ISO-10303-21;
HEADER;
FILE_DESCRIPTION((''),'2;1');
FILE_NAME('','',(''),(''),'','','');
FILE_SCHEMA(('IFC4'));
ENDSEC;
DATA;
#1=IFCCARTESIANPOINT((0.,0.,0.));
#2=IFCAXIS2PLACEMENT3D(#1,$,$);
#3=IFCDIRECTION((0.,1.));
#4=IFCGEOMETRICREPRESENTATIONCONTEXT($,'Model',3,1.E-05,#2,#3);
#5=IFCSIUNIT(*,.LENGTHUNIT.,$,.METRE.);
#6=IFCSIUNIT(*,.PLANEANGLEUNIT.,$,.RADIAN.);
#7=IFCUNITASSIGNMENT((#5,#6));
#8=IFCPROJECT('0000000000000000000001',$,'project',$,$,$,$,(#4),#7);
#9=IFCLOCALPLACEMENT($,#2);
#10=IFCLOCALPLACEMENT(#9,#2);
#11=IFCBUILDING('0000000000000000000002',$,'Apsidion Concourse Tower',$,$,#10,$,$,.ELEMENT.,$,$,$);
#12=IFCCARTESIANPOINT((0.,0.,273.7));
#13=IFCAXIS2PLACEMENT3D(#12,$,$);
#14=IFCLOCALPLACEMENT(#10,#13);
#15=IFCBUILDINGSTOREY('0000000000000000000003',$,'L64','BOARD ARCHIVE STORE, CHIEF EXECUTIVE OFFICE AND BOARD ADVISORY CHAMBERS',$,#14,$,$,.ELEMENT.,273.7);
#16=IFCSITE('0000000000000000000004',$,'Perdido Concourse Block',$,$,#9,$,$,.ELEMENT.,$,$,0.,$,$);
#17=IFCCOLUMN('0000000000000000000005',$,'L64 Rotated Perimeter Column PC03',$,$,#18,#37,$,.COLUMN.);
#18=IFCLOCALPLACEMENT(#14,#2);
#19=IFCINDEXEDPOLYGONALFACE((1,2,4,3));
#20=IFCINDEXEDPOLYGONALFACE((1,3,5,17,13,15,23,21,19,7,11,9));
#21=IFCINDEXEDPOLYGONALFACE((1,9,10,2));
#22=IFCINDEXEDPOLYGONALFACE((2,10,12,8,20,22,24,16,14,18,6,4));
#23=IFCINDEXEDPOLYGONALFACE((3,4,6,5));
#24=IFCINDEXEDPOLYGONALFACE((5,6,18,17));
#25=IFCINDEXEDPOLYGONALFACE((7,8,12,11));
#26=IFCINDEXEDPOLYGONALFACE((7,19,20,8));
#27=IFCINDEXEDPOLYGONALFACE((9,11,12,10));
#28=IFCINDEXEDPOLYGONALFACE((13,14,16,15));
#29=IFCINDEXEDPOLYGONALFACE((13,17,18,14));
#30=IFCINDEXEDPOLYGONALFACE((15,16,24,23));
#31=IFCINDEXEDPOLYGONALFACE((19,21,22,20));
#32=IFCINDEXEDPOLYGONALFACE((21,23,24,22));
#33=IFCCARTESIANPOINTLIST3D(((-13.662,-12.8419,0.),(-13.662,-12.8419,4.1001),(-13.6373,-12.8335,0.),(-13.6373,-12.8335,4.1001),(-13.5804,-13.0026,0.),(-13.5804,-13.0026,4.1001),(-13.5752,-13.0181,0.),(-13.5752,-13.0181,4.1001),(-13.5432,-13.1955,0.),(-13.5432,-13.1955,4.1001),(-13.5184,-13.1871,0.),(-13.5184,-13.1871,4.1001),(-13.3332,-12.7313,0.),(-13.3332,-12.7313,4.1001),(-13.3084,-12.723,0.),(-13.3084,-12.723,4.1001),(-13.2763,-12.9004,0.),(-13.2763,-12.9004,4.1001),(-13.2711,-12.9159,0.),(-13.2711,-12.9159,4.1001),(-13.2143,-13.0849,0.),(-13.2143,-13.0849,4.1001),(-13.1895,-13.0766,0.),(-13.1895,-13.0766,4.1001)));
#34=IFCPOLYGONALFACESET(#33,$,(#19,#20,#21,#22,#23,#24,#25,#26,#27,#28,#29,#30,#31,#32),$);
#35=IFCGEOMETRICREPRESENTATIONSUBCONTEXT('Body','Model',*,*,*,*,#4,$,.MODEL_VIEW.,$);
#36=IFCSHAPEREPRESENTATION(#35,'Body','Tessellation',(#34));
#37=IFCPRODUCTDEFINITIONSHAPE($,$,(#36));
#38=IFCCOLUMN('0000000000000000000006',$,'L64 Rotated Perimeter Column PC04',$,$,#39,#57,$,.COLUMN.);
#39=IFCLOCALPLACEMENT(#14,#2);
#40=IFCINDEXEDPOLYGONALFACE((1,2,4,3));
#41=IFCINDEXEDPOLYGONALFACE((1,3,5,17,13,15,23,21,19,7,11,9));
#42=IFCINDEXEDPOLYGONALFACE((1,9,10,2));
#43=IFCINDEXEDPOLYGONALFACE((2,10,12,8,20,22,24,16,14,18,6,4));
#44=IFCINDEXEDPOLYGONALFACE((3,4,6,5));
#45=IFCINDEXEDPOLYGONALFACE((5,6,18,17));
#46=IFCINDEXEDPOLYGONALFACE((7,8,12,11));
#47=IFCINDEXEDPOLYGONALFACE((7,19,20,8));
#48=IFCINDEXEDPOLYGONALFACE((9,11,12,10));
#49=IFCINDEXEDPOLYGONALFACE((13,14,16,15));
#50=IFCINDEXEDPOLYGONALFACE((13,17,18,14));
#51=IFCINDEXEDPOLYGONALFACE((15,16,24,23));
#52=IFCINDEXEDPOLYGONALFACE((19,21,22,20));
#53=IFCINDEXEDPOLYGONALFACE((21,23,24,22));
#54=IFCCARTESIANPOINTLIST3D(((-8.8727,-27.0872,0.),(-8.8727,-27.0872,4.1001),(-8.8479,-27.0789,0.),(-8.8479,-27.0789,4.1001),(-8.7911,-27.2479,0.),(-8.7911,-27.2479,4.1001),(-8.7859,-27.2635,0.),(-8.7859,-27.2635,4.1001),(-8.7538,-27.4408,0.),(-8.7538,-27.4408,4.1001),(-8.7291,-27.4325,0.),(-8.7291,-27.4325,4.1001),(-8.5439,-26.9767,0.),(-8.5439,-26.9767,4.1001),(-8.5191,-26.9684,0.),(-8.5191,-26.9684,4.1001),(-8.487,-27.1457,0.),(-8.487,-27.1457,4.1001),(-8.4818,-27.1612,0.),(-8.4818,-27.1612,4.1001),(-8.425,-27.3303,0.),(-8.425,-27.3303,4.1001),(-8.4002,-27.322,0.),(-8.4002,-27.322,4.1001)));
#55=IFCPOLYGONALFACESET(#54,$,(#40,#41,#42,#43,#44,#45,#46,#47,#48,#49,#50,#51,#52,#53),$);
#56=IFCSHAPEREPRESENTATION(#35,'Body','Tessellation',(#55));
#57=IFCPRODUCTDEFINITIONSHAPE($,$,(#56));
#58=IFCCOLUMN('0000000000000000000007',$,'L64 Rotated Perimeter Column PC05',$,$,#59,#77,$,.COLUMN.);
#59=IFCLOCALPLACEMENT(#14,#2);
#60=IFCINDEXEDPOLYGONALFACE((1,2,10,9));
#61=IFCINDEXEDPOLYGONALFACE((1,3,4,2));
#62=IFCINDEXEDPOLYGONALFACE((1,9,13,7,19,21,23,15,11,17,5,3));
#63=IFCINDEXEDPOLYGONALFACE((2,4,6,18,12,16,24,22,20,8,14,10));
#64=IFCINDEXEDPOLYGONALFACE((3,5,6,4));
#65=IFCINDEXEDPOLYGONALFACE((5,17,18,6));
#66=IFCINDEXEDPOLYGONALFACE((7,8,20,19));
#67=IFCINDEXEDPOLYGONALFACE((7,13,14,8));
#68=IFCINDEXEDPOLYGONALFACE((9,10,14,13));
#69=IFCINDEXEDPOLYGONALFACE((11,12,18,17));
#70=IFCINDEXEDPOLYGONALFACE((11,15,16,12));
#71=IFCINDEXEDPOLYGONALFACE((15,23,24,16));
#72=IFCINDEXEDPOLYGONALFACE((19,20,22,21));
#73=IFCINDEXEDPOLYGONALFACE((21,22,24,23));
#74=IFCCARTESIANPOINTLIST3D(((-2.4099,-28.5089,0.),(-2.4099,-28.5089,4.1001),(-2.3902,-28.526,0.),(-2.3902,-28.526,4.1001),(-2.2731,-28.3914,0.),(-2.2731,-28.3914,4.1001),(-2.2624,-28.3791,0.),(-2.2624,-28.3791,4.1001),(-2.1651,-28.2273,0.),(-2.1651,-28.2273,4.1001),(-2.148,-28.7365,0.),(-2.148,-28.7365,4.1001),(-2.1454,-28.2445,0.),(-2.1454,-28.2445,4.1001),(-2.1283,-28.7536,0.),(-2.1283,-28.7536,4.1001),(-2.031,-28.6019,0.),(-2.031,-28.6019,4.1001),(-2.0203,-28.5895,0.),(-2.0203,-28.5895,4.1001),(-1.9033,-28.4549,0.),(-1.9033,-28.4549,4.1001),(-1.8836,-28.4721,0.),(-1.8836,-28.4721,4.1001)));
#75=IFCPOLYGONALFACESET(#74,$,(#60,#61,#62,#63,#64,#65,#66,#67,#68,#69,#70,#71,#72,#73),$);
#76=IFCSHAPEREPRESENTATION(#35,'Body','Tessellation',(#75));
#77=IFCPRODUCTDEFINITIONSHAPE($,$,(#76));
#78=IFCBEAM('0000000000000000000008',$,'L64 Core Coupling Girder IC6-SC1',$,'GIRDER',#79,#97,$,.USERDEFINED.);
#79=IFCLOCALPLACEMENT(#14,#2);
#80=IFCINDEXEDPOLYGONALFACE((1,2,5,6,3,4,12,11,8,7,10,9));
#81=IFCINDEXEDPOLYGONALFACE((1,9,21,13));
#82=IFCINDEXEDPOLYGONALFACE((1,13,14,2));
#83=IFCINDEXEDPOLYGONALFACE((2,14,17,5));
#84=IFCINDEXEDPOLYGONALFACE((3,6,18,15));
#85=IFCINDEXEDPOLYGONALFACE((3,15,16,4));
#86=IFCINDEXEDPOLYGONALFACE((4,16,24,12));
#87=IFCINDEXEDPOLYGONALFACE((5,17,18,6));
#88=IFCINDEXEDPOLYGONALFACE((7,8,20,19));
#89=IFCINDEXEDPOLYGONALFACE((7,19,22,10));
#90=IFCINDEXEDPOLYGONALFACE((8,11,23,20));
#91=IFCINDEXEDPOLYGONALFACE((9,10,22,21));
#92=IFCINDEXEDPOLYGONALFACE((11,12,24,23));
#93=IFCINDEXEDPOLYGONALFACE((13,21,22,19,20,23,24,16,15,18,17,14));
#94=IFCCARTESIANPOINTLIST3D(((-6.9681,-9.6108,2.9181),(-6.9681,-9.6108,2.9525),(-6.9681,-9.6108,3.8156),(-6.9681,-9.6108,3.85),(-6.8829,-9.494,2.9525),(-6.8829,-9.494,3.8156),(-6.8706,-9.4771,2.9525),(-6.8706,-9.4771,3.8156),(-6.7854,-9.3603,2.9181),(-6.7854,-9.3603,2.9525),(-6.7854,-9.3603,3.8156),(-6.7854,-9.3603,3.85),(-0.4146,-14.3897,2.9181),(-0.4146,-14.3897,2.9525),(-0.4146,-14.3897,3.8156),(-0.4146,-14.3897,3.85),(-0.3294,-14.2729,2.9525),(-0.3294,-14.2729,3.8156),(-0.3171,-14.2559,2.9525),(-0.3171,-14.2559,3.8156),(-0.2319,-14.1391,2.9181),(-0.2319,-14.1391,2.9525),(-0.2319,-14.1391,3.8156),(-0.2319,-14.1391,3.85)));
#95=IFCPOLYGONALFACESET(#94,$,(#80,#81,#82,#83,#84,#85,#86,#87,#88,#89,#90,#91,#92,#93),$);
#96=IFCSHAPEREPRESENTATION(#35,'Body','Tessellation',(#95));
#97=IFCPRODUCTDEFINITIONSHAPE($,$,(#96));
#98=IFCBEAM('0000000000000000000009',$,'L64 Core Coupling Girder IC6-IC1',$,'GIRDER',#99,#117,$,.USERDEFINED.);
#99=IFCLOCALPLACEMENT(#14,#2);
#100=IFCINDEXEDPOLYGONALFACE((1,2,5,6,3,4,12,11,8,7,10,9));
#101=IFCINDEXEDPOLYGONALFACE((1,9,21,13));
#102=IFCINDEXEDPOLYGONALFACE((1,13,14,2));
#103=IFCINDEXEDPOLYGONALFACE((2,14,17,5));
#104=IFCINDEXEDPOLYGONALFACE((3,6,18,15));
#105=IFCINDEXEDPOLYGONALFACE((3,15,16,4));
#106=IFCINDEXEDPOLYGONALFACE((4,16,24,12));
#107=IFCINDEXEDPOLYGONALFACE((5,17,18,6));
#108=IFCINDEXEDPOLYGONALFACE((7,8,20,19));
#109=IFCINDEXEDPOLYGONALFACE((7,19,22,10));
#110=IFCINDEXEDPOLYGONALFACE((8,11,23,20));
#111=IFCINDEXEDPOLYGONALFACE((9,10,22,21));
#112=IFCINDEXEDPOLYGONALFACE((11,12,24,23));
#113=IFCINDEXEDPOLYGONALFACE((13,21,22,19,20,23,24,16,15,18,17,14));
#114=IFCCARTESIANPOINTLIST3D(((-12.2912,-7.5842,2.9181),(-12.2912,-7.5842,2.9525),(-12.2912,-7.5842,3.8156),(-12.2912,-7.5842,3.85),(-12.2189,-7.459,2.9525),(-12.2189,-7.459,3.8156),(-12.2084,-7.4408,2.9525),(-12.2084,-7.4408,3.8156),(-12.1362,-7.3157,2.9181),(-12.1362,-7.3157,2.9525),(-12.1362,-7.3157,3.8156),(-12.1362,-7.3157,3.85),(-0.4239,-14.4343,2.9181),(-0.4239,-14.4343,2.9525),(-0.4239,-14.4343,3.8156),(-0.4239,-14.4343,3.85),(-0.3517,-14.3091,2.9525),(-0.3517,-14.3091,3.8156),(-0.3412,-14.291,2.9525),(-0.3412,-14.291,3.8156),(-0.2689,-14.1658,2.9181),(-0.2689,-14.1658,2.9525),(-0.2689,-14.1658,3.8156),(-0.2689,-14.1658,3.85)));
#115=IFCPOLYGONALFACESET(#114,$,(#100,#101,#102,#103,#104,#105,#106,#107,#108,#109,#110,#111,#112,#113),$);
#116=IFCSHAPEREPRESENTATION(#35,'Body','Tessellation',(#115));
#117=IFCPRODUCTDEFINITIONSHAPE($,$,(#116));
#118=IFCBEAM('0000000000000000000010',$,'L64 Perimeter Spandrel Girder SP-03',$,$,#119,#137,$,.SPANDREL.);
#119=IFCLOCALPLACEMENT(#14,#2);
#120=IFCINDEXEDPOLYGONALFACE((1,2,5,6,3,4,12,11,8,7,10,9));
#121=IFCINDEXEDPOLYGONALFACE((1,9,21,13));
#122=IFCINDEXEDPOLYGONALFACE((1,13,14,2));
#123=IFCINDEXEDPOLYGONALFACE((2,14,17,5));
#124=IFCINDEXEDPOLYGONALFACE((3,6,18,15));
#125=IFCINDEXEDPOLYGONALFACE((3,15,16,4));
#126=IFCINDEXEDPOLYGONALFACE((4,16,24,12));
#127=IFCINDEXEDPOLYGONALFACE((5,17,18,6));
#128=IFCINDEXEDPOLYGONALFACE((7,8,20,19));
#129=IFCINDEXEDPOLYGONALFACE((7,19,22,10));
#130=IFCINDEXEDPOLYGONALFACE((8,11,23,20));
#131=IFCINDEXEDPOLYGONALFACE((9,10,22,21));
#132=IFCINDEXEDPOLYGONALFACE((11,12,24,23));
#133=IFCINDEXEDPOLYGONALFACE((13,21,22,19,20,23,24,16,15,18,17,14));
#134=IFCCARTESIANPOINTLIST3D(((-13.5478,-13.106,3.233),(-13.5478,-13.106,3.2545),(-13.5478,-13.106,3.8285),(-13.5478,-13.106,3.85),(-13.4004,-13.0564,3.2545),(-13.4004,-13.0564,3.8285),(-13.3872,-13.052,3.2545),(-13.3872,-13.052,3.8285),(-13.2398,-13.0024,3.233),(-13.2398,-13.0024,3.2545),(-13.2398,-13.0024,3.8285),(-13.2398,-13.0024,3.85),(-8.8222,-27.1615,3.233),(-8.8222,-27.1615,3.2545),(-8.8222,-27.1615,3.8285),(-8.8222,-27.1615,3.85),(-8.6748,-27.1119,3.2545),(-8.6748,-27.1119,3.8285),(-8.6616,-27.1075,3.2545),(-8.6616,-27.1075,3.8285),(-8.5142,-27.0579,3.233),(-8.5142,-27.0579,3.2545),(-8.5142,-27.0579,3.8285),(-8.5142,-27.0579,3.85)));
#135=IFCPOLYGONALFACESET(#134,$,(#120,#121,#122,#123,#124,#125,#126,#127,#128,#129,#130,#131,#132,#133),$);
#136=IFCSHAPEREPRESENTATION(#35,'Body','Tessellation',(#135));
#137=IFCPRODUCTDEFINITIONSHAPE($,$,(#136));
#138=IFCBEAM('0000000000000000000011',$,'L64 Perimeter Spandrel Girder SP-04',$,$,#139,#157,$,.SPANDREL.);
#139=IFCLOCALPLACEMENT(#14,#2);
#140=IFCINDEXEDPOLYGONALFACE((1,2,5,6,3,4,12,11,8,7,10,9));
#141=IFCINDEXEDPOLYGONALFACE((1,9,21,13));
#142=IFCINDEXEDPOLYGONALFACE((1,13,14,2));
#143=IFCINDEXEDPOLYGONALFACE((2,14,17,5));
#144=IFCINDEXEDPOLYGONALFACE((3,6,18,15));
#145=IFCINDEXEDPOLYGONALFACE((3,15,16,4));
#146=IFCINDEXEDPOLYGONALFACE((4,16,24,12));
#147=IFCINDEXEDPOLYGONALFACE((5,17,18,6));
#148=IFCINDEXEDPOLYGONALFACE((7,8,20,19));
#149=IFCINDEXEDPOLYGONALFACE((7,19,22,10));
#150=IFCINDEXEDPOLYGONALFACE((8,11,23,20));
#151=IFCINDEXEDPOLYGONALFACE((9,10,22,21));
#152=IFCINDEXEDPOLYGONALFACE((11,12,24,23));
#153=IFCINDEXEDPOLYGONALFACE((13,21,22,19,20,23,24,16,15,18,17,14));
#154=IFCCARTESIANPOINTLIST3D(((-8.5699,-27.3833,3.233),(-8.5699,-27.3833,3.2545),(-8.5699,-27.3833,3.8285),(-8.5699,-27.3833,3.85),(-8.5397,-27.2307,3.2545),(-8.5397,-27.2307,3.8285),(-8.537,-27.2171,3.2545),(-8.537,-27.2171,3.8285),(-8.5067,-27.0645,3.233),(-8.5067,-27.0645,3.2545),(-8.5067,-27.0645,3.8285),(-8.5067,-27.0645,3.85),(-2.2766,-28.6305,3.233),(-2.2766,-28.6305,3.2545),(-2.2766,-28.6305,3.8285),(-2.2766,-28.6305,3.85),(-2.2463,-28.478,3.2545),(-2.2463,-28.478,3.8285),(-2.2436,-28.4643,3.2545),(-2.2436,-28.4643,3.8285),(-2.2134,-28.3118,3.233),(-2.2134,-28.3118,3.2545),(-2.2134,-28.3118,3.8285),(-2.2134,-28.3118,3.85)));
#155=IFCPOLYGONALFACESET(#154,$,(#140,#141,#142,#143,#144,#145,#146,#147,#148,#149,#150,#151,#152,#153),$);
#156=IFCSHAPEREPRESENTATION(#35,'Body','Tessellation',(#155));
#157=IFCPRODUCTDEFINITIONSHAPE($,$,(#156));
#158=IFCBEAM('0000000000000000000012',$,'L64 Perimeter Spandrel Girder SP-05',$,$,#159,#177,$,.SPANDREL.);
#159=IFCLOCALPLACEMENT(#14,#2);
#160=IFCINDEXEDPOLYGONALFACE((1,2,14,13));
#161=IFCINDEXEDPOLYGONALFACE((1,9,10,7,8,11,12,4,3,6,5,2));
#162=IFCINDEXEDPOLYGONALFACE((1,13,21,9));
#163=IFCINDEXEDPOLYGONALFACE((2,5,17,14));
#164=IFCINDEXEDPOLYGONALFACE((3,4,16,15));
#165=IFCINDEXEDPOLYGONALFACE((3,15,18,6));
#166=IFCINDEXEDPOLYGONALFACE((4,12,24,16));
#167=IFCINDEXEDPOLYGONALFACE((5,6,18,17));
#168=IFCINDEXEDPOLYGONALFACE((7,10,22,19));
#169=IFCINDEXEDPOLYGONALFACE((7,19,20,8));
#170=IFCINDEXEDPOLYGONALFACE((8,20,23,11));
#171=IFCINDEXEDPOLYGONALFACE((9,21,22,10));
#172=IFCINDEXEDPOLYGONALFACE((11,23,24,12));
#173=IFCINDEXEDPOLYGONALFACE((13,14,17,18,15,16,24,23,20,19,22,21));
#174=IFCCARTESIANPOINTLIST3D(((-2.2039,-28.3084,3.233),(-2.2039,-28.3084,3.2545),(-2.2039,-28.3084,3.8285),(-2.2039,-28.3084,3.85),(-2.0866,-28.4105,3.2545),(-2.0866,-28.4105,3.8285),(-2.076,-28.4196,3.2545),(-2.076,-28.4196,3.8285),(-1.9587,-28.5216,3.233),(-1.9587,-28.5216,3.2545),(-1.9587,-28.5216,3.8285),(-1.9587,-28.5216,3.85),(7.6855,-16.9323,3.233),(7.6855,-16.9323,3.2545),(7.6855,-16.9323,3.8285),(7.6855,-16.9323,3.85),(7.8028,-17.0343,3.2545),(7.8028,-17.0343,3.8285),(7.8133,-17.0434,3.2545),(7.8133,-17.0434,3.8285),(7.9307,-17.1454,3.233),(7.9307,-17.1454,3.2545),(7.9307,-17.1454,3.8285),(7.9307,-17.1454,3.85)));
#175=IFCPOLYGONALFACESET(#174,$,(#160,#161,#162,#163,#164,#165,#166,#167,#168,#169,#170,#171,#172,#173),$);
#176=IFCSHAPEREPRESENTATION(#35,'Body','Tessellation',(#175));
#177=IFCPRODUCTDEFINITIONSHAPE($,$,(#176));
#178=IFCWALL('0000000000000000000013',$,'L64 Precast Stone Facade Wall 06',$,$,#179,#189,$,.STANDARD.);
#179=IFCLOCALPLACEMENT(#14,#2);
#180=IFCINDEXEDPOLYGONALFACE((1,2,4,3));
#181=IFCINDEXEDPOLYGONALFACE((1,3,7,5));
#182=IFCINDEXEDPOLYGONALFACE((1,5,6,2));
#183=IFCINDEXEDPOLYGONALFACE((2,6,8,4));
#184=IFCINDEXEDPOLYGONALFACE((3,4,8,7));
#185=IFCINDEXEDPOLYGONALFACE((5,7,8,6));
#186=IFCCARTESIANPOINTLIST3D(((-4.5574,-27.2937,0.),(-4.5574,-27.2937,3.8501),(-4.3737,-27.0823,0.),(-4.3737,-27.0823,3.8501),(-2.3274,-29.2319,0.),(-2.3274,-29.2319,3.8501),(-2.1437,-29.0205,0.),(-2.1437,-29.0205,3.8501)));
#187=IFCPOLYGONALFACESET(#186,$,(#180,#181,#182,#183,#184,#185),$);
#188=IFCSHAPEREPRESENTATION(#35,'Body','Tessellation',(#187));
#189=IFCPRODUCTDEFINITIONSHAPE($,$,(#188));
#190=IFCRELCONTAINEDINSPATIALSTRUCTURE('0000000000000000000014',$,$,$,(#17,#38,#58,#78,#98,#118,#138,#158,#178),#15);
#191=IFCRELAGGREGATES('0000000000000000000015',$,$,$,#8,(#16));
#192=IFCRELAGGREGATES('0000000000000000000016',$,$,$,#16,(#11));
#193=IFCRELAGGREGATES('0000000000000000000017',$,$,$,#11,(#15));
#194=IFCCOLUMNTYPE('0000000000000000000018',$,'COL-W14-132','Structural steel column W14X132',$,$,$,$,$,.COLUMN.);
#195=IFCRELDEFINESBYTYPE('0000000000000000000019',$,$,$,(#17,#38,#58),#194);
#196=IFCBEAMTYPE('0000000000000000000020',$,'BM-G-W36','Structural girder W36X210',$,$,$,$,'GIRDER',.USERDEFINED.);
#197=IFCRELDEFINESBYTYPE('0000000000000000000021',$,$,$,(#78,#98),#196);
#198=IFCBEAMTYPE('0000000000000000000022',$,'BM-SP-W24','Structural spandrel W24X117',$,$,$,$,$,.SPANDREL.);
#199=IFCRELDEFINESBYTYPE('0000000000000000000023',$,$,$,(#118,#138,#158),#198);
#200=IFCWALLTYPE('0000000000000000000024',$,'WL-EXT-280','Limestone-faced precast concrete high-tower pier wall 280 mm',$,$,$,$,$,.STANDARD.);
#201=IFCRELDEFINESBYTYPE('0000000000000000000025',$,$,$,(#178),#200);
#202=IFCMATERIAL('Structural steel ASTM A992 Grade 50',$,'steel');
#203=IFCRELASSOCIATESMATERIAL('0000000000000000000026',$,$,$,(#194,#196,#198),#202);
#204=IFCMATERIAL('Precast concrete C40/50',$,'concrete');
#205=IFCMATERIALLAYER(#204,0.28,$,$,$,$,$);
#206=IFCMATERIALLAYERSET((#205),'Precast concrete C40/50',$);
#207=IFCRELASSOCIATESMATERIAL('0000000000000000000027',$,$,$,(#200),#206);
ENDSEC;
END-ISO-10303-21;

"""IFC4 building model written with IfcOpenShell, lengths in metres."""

from ifc_helpers import new_model, si_unit, direction, frame, frame_2d, origin, origin_2d, place, context, subcontext, project, spatial, rectangle, i_section, extrude, material, layer, layer_set, material_profile, profile_set, type_object, element, save


model = new_model("IFC4")

# Units and contexts
model_context = context("Model", 3, precision=1e-05, world=origin(), true_north=direction((0.0, 1.0)))
body_context = subcontext(model_context, "Body", "Model", "MODEL_VIEW")
ifc_project = project(units=[si_unit("LENGTHUNIT", "METRE"), si_unit("PLANEANGLEUNIT", "RADIAN")], contexts=[model_context])

# Site, building, storey
site_placement = place(None, origin())
site = spatial("IfcSite", under=ifc_project, at=site_placement, Name="Perdido Concourse Block", CompositionType="ELEMENT", RefElevation=0.0)
building_placement = place(site_placement, origin())
building = spatial("IfcBuilding", under=site, at=building_placement, Name="Apsidion Concourse Tower", CompositionType="ELEMENT")
storey_placement = place(building_placement, frame((0.0, 0.0, 273.7)))
storey = spatial("IfcBuildingStorey", under=building, at=storey_placement, Name="L64", Description="BOARD ARCHIVE STORE, CHIEF EXECUTIVE OFFICE AND BOARD ADVISORY CHAMBERS", CompositionType="ELEMENT", Elevation=273.7)

# Columns
ifc_material_1 = material(Name="Structural steel ASTM A992 Grade 50", Category="steel")
ifc_material_profile_1 = material_profile(ifc_material_1, i_section(OverallWidth=0.373, OverallDepth=0.373, WebThickness=0.0164, FlangeThickness=0.0261, at=origin_2d()), Name="W14X132")
ifc_profile_set_1 = profile_set([ifc_material_profile_1], Name="Structural steel ASTM A992 Grade 50")
column_type = type_object("IfcColumnType", Name="COL-W14-132", Description="Structural steel column W14X132", PredefinedType="COLUMN", material=ifc_profile_set_1)
for number, where, z_axis, x_axis, name in (
    (1, (-13.4258, -12.9592, 0.0), (0.0, 0.0, 1.0), (-0.318628, 0.94788, 0.0), "L64 Rotated Perimeter Column PC03"),
    (2, (-8.6365, -27.2046, 0.0), (0.0, 0.0, 1.0), (-0.318628, 0.94788, 0.0), "L64 Rotated Perimeter Column PC04"),
    (3, (-2.1467, -28.4905, 0.0), (0.0, 0.0, 1.0), (0.656059, 0.75471, 0.0), "L64 Rotated Perimeter Column PC05"),
):
    element("IfcColumn", number, at=place(storey_placement, frame(where, z_axis=z_axis, x_axis=x_axis)), inside=storey, type_object=column_type, Name=name, PredefinedType="COLUMN", context=body_context, shape_type="SweptSolid", body=[
        extrude(i_section(OverallWidth=0.373, OverallDepth=0.373, WebThickness=0.0164, FlangeThickness=0.0261, at=origin_2d()), origin(), (0.0, 0.0, 1.0), 4.1001),
    ])

# Beams
ifc_material_profile_2 = material_profile(ifc_material_1, i_section(OverallWidth=0.3101, OverallDepth=0.9319, WebThickness=0.021, FlangeThickness=0.0344, at=origin_2d()), Name="W36X210")
ifc_profile_set_2 = profile_set([ifc_material_profile_2], Name="Structural steel ASTM A992 Grade 50")
beam_type_1 = type_object("IfcBeamType", Name="BM-G-W36", Description="Structural girder W36X210", ElementType="GIRDER", PredefinedType="USERDEFINED", material=ifc_profile_set_2)
beam_1_placement = place(storey_placement, frame((-0.3232, -14.2644, 3.384), z_axis=(-0.807993, 0.589191, 0.0), x_axis=(-0.589191, -0.807993, 0.0)))
element("IfcBeam", 4, at=beam_1_placement, inside=storey, type_object=beam_type_1, Name="L64 Core Coupling Girder IC6-SC1", ObjectType="GIRDER", PredefinedType="USERDEFINED", context=body_context, shape_type="SweptSolid", body=[
    extrude(i_section(OverallWidth=0.3101, OverallDepth=0.9319, WebThickness=0.021, FlangeThickness=0.0344, at=origin_2d()), origin(), (0.0, 0.0, 1.0), 8.1108),
])
beam_2_placement = place(storey_placement, frame((-0.3464, -14.3, 3.384), z_axis=(-0.86607, 0.499922, 0.0), x_axis=(-0.499922, -0.86607, 0.0)))
element("IfcBeam", 5, at=beam_2_placement, inside=storey, type_object=beam_type_1, Name="L64 Core Coupling Girder IC6-IC1", ObjectType="GIRDER", PredefinedType="USERDEFINED", context=body_context, shape_type="SweptSolid", body=[
    extrude(i_section(OverallWidth=0.3101, OverallDepth=0.9319, WebThickness=0.021, FlangeThickness=0.0344, at=origin_2d()), origin(), (0.0, 0.0, 1.0), 13.7024),
])
ifc_material_profile_3 = material_profile(ifc_material_1, i_section(OverallWidth=0.325, OverallDepth=0.6169, WebThickness=0.0139, FlangeThickness=0.0215, at=origin_2d()), Name="W24X117")
ifc_profile_set_3 = profile_set([ifc_material_profile_3], Name="Structural steel ASTM A992 Grade 50")
beam_type_2 = type_object("IfcBeamType", Name="BM-SP-W24", Description="Structural spandrel W24X117", PredefinedType="SPANDREL", material=ifc_profile_set_3)
beam_3_placement = place(storey_placement, frame((-13.3938, -13.0542, 3.5415), z_axis=(0.318682, -0.947862, 0.0), x_axis=(0.947862, 0.318682, 0.0)))
element("IfcBeam", 6, at=beam_3_placement, inside=storey, type_object=beam_type_2, Name="L64 Perimeter Spandrel Girder SP-03", PredefinedType="SPANDREL", context=body_context, shape_type="SweptSolid", body=[
    extrude(i_section(OverallWidth=0.325, OverallDepth=0.6169, WebThickness=0.0139, FlangeThickness=0.0215, at=origin_2d()), origin(), (0.0, 0.0, 1.0), 14.8286),
])
beam_4_placement = place(storey_placement, frame((-8.5383, -27.2239, 3.5415), z_axis=(0.98092, -0.194411, 0.0), x_axis=(0.194411, 0.98092, 0.0)))
element("IfcBeam", 7, at=beam_4_placement, inside=storey, type_object=beam_type_2, Name="L64 Perimeter Spandrel Girder SP-04", PredefinedType="SPANDREL", context=body_context, shape_type="SweptSolid", body=[
    extrude(i_section(OverallWidth=0.325, OverallDepth=0.6169, WebThickness=0.0139, FlangeThickness=0.0215, at=origin_2d()), origin(), (0.0, 0.0, 1.0), 6.4158),
])
beam_5_placement = place(storey_placement, frame((-2.0813, -28.415, 3.5415), z_axis=(0.656067, 0.754703, 0.0), x_axis=(-0.754703, 0.656067, 0.0)))
element("IfcBeam", 8, at=beam_5_placement, inside=storey, type_object=beam_type_2, Name="L64 Perimeter Spandrel Girder SP-05", PredefinedType="SPANDREL", context=body_context, shape_type="SweptSolid", body=[
    extrude(i_section(OverallWidth=0.325, OverallDepth=0.6169, WebThickness=0.0139, FlangeThickness=0.0215, at=origin_2d()), origin(), (0.0, 0.0, 1.0), 15.0737),
])

# Wall
ifc_material_2 = material(Name="Precast concrete C40/50", Category="concrete")
ifc_layer_1 = layer(ifc_material_2, 0.28)
ifc_layer_set_1 = layer_set([ifc_layer_1], Name="Precast concrete C40/50")
wall_type_1 = type_object("IfcWallType", Name="WL-EXT-280", Description="Limestone-faced precast concrete high-tower pier wall 280 mm", PredefinedType="STANDARD", material=ifc_layer_set_1)
wall_1_placement = place(storey_placement, frame((-2.2356, -29.1262, 0.0), z_axis=(0.0, 0.0, 1.0), x_axis=(-0.754753, 0.656009, 0.0)))
element("IfcWall", 9, at=wall_1_placement, inside=storey, type_object=wall_type_1, Name="L64 Precast Stone Facade Wall 06", PredefinedType="STANDARD", context=body_context, shape_type="SweptSolid", body=[
    extrude(rectangle(XDim=2.9546, YDim=0.28, at=frame_2d((1.4773, 0.0))), origin(), (0.0, 0.0, 1.0), 3.8501),
])

save(model, "model.ifc")
